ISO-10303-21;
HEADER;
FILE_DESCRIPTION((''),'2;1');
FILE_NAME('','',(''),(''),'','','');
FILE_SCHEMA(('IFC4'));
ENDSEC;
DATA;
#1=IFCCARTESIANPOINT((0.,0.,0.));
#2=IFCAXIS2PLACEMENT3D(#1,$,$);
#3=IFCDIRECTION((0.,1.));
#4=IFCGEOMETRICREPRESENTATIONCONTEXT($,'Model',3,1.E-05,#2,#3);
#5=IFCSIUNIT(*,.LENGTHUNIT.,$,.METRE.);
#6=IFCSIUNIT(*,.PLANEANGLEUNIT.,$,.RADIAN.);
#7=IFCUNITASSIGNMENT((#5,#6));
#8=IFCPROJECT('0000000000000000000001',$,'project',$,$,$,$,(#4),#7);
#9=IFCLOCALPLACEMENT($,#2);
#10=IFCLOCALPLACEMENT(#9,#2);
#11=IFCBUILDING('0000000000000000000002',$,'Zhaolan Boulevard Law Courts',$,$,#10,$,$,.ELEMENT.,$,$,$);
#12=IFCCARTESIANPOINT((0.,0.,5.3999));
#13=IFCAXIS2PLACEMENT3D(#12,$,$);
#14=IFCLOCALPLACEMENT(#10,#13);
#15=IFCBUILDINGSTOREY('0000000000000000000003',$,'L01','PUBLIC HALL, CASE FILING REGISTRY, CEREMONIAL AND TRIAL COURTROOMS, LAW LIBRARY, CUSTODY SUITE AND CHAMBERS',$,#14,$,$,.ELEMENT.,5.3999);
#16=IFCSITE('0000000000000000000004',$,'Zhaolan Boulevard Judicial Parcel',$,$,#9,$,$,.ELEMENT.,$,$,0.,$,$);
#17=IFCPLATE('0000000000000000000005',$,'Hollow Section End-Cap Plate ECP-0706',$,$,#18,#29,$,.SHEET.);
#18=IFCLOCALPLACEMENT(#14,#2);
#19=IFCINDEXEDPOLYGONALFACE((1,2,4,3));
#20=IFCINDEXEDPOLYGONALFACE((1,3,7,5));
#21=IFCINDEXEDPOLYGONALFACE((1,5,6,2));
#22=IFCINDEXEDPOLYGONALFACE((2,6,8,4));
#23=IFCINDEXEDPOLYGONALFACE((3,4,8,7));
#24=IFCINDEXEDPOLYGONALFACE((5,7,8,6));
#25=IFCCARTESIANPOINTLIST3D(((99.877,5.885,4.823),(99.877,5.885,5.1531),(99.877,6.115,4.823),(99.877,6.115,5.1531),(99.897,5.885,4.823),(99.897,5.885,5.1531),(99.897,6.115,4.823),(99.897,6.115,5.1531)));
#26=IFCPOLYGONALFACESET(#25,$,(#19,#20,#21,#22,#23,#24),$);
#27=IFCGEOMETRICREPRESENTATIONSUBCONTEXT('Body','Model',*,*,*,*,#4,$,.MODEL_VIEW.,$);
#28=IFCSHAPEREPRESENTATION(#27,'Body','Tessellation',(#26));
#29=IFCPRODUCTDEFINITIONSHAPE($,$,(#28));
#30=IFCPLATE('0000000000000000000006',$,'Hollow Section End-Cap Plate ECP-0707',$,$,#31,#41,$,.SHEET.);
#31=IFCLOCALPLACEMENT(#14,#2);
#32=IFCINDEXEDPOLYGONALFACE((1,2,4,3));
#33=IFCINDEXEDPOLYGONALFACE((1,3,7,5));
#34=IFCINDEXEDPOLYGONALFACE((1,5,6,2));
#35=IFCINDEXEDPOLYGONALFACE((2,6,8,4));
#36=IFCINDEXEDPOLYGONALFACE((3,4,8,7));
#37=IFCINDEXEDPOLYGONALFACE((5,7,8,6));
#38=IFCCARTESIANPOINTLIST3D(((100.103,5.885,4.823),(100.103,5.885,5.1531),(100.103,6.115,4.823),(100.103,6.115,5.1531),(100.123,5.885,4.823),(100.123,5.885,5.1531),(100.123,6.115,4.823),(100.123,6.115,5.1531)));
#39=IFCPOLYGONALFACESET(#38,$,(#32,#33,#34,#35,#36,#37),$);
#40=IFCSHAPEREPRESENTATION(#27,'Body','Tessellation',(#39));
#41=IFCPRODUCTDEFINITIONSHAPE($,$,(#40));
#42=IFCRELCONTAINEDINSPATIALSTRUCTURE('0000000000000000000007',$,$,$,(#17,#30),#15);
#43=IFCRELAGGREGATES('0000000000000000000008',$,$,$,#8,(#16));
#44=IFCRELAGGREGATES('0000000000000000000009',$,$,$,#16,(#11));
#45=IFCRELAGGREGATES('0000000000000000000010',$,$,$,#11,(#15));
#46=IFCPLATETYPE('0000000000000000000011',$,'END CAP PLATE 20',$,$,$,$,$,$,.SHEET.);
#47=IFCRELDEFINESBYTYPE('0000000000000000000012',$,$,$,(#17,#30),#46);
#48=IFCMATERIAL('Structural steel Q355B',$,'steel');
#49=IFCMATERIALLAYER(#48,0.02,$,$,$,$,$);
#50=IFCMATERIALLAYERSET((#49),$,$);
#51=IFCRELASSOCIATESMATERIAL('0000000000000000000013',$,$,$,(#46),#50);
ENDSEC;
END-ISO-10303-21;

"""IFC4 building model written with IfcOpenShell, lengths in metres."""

from ifc_helpers import new_model, si_unit, direction, frame, origin, origin_2d, place, context, subcontext, project, spatial, rectangle, extrude, material, layer, layer_set, type_object, element, save


model = new_model("IFC4")

# Units and contexts
model_context = context("Model", 3, precision=1e-05, world=origin(), true_north=direction((0.0, 1.0)))
body_context = subcontext(model_context, "Body", "Model", "MODEL_VIEW")
ifc_project = project(units=[si_unit("LENGTHUNIT", "METRE"), si_unit("PLANEANGLEUNIT", "RADIAN")], contexts=[model_context])

# Site, building, storey
site_placement = place(None, origin())
site = spatial("IfcSite", under=ifc_project, at=site_placement, Name="Zhaolan Boulevard Judicial Parcel", CompositionType="ELEMENT", RefElevation=0.0)
building_placement = place(site_placement, origin())
building = spatial("IfcBuilding", under=site, at=building_placement, Name="Zhaolan Boulevard Law Courts", CompositionType="ELEMENT")
storey_placement = place(building_placement, frame((0.0, 0.0, 5.3999)))
storey = spatial("IfcBuildingStorey", under=building, at=storey_placement, Name="L01", Description="PUBLIC HALL, CASE FILING REGISTRY, CEREMONIAL AND TRIAL COURTROOMS, LAW LIBRARY, CUSTODY SUITE AND CHAMBERS", CompositionType="ELEMENT", Elevation=5.3999)

# Plates
ifc_material_1 = material(Name="Structural steel Q355B", Category="steel")
ifc_layer_1 = layer(ifc_material_1, 0.02)
ifc_layer_set_1 = layer_set([ifc_layer_1])
plate_type_1 = type_object("IfcPlateType", Name="END CAP PLATE 20", PredefinedType="SHEET", material=ifc_layer_set_1)
for number, where, z_axis, x_axis, name in (
    (1, (99.887, 6.0, 4.823), (0.0, 0.0, 1.0), (1.0, 0.0, 0.0), "Hollow Section End-Cap Plate ECP-0706"),
    (2, (100.113, 6.0, 4.823), (0.0, 0.0, 1.0), (1.0, 0.0, 0.0), "Hollow Section End-Cap Plate ECP-0707"),
):
    element("IfcPlate", number, at=place(storey_placement, frame(where, z_axis=z_axis, x_axis=x_axis)), inside=storey, type_object=plate_type_1, Name=name, PredefinedType="SHEET", context=body_context, shape_type="SweptSolid", body=[
        extrude(rectangle(XDim=0.02, YDim=0.23, at=origin_2d()), origin(), (0.0, 0.0, 1.0), 0.3301),
    ])

save(model, "model.ifc")
